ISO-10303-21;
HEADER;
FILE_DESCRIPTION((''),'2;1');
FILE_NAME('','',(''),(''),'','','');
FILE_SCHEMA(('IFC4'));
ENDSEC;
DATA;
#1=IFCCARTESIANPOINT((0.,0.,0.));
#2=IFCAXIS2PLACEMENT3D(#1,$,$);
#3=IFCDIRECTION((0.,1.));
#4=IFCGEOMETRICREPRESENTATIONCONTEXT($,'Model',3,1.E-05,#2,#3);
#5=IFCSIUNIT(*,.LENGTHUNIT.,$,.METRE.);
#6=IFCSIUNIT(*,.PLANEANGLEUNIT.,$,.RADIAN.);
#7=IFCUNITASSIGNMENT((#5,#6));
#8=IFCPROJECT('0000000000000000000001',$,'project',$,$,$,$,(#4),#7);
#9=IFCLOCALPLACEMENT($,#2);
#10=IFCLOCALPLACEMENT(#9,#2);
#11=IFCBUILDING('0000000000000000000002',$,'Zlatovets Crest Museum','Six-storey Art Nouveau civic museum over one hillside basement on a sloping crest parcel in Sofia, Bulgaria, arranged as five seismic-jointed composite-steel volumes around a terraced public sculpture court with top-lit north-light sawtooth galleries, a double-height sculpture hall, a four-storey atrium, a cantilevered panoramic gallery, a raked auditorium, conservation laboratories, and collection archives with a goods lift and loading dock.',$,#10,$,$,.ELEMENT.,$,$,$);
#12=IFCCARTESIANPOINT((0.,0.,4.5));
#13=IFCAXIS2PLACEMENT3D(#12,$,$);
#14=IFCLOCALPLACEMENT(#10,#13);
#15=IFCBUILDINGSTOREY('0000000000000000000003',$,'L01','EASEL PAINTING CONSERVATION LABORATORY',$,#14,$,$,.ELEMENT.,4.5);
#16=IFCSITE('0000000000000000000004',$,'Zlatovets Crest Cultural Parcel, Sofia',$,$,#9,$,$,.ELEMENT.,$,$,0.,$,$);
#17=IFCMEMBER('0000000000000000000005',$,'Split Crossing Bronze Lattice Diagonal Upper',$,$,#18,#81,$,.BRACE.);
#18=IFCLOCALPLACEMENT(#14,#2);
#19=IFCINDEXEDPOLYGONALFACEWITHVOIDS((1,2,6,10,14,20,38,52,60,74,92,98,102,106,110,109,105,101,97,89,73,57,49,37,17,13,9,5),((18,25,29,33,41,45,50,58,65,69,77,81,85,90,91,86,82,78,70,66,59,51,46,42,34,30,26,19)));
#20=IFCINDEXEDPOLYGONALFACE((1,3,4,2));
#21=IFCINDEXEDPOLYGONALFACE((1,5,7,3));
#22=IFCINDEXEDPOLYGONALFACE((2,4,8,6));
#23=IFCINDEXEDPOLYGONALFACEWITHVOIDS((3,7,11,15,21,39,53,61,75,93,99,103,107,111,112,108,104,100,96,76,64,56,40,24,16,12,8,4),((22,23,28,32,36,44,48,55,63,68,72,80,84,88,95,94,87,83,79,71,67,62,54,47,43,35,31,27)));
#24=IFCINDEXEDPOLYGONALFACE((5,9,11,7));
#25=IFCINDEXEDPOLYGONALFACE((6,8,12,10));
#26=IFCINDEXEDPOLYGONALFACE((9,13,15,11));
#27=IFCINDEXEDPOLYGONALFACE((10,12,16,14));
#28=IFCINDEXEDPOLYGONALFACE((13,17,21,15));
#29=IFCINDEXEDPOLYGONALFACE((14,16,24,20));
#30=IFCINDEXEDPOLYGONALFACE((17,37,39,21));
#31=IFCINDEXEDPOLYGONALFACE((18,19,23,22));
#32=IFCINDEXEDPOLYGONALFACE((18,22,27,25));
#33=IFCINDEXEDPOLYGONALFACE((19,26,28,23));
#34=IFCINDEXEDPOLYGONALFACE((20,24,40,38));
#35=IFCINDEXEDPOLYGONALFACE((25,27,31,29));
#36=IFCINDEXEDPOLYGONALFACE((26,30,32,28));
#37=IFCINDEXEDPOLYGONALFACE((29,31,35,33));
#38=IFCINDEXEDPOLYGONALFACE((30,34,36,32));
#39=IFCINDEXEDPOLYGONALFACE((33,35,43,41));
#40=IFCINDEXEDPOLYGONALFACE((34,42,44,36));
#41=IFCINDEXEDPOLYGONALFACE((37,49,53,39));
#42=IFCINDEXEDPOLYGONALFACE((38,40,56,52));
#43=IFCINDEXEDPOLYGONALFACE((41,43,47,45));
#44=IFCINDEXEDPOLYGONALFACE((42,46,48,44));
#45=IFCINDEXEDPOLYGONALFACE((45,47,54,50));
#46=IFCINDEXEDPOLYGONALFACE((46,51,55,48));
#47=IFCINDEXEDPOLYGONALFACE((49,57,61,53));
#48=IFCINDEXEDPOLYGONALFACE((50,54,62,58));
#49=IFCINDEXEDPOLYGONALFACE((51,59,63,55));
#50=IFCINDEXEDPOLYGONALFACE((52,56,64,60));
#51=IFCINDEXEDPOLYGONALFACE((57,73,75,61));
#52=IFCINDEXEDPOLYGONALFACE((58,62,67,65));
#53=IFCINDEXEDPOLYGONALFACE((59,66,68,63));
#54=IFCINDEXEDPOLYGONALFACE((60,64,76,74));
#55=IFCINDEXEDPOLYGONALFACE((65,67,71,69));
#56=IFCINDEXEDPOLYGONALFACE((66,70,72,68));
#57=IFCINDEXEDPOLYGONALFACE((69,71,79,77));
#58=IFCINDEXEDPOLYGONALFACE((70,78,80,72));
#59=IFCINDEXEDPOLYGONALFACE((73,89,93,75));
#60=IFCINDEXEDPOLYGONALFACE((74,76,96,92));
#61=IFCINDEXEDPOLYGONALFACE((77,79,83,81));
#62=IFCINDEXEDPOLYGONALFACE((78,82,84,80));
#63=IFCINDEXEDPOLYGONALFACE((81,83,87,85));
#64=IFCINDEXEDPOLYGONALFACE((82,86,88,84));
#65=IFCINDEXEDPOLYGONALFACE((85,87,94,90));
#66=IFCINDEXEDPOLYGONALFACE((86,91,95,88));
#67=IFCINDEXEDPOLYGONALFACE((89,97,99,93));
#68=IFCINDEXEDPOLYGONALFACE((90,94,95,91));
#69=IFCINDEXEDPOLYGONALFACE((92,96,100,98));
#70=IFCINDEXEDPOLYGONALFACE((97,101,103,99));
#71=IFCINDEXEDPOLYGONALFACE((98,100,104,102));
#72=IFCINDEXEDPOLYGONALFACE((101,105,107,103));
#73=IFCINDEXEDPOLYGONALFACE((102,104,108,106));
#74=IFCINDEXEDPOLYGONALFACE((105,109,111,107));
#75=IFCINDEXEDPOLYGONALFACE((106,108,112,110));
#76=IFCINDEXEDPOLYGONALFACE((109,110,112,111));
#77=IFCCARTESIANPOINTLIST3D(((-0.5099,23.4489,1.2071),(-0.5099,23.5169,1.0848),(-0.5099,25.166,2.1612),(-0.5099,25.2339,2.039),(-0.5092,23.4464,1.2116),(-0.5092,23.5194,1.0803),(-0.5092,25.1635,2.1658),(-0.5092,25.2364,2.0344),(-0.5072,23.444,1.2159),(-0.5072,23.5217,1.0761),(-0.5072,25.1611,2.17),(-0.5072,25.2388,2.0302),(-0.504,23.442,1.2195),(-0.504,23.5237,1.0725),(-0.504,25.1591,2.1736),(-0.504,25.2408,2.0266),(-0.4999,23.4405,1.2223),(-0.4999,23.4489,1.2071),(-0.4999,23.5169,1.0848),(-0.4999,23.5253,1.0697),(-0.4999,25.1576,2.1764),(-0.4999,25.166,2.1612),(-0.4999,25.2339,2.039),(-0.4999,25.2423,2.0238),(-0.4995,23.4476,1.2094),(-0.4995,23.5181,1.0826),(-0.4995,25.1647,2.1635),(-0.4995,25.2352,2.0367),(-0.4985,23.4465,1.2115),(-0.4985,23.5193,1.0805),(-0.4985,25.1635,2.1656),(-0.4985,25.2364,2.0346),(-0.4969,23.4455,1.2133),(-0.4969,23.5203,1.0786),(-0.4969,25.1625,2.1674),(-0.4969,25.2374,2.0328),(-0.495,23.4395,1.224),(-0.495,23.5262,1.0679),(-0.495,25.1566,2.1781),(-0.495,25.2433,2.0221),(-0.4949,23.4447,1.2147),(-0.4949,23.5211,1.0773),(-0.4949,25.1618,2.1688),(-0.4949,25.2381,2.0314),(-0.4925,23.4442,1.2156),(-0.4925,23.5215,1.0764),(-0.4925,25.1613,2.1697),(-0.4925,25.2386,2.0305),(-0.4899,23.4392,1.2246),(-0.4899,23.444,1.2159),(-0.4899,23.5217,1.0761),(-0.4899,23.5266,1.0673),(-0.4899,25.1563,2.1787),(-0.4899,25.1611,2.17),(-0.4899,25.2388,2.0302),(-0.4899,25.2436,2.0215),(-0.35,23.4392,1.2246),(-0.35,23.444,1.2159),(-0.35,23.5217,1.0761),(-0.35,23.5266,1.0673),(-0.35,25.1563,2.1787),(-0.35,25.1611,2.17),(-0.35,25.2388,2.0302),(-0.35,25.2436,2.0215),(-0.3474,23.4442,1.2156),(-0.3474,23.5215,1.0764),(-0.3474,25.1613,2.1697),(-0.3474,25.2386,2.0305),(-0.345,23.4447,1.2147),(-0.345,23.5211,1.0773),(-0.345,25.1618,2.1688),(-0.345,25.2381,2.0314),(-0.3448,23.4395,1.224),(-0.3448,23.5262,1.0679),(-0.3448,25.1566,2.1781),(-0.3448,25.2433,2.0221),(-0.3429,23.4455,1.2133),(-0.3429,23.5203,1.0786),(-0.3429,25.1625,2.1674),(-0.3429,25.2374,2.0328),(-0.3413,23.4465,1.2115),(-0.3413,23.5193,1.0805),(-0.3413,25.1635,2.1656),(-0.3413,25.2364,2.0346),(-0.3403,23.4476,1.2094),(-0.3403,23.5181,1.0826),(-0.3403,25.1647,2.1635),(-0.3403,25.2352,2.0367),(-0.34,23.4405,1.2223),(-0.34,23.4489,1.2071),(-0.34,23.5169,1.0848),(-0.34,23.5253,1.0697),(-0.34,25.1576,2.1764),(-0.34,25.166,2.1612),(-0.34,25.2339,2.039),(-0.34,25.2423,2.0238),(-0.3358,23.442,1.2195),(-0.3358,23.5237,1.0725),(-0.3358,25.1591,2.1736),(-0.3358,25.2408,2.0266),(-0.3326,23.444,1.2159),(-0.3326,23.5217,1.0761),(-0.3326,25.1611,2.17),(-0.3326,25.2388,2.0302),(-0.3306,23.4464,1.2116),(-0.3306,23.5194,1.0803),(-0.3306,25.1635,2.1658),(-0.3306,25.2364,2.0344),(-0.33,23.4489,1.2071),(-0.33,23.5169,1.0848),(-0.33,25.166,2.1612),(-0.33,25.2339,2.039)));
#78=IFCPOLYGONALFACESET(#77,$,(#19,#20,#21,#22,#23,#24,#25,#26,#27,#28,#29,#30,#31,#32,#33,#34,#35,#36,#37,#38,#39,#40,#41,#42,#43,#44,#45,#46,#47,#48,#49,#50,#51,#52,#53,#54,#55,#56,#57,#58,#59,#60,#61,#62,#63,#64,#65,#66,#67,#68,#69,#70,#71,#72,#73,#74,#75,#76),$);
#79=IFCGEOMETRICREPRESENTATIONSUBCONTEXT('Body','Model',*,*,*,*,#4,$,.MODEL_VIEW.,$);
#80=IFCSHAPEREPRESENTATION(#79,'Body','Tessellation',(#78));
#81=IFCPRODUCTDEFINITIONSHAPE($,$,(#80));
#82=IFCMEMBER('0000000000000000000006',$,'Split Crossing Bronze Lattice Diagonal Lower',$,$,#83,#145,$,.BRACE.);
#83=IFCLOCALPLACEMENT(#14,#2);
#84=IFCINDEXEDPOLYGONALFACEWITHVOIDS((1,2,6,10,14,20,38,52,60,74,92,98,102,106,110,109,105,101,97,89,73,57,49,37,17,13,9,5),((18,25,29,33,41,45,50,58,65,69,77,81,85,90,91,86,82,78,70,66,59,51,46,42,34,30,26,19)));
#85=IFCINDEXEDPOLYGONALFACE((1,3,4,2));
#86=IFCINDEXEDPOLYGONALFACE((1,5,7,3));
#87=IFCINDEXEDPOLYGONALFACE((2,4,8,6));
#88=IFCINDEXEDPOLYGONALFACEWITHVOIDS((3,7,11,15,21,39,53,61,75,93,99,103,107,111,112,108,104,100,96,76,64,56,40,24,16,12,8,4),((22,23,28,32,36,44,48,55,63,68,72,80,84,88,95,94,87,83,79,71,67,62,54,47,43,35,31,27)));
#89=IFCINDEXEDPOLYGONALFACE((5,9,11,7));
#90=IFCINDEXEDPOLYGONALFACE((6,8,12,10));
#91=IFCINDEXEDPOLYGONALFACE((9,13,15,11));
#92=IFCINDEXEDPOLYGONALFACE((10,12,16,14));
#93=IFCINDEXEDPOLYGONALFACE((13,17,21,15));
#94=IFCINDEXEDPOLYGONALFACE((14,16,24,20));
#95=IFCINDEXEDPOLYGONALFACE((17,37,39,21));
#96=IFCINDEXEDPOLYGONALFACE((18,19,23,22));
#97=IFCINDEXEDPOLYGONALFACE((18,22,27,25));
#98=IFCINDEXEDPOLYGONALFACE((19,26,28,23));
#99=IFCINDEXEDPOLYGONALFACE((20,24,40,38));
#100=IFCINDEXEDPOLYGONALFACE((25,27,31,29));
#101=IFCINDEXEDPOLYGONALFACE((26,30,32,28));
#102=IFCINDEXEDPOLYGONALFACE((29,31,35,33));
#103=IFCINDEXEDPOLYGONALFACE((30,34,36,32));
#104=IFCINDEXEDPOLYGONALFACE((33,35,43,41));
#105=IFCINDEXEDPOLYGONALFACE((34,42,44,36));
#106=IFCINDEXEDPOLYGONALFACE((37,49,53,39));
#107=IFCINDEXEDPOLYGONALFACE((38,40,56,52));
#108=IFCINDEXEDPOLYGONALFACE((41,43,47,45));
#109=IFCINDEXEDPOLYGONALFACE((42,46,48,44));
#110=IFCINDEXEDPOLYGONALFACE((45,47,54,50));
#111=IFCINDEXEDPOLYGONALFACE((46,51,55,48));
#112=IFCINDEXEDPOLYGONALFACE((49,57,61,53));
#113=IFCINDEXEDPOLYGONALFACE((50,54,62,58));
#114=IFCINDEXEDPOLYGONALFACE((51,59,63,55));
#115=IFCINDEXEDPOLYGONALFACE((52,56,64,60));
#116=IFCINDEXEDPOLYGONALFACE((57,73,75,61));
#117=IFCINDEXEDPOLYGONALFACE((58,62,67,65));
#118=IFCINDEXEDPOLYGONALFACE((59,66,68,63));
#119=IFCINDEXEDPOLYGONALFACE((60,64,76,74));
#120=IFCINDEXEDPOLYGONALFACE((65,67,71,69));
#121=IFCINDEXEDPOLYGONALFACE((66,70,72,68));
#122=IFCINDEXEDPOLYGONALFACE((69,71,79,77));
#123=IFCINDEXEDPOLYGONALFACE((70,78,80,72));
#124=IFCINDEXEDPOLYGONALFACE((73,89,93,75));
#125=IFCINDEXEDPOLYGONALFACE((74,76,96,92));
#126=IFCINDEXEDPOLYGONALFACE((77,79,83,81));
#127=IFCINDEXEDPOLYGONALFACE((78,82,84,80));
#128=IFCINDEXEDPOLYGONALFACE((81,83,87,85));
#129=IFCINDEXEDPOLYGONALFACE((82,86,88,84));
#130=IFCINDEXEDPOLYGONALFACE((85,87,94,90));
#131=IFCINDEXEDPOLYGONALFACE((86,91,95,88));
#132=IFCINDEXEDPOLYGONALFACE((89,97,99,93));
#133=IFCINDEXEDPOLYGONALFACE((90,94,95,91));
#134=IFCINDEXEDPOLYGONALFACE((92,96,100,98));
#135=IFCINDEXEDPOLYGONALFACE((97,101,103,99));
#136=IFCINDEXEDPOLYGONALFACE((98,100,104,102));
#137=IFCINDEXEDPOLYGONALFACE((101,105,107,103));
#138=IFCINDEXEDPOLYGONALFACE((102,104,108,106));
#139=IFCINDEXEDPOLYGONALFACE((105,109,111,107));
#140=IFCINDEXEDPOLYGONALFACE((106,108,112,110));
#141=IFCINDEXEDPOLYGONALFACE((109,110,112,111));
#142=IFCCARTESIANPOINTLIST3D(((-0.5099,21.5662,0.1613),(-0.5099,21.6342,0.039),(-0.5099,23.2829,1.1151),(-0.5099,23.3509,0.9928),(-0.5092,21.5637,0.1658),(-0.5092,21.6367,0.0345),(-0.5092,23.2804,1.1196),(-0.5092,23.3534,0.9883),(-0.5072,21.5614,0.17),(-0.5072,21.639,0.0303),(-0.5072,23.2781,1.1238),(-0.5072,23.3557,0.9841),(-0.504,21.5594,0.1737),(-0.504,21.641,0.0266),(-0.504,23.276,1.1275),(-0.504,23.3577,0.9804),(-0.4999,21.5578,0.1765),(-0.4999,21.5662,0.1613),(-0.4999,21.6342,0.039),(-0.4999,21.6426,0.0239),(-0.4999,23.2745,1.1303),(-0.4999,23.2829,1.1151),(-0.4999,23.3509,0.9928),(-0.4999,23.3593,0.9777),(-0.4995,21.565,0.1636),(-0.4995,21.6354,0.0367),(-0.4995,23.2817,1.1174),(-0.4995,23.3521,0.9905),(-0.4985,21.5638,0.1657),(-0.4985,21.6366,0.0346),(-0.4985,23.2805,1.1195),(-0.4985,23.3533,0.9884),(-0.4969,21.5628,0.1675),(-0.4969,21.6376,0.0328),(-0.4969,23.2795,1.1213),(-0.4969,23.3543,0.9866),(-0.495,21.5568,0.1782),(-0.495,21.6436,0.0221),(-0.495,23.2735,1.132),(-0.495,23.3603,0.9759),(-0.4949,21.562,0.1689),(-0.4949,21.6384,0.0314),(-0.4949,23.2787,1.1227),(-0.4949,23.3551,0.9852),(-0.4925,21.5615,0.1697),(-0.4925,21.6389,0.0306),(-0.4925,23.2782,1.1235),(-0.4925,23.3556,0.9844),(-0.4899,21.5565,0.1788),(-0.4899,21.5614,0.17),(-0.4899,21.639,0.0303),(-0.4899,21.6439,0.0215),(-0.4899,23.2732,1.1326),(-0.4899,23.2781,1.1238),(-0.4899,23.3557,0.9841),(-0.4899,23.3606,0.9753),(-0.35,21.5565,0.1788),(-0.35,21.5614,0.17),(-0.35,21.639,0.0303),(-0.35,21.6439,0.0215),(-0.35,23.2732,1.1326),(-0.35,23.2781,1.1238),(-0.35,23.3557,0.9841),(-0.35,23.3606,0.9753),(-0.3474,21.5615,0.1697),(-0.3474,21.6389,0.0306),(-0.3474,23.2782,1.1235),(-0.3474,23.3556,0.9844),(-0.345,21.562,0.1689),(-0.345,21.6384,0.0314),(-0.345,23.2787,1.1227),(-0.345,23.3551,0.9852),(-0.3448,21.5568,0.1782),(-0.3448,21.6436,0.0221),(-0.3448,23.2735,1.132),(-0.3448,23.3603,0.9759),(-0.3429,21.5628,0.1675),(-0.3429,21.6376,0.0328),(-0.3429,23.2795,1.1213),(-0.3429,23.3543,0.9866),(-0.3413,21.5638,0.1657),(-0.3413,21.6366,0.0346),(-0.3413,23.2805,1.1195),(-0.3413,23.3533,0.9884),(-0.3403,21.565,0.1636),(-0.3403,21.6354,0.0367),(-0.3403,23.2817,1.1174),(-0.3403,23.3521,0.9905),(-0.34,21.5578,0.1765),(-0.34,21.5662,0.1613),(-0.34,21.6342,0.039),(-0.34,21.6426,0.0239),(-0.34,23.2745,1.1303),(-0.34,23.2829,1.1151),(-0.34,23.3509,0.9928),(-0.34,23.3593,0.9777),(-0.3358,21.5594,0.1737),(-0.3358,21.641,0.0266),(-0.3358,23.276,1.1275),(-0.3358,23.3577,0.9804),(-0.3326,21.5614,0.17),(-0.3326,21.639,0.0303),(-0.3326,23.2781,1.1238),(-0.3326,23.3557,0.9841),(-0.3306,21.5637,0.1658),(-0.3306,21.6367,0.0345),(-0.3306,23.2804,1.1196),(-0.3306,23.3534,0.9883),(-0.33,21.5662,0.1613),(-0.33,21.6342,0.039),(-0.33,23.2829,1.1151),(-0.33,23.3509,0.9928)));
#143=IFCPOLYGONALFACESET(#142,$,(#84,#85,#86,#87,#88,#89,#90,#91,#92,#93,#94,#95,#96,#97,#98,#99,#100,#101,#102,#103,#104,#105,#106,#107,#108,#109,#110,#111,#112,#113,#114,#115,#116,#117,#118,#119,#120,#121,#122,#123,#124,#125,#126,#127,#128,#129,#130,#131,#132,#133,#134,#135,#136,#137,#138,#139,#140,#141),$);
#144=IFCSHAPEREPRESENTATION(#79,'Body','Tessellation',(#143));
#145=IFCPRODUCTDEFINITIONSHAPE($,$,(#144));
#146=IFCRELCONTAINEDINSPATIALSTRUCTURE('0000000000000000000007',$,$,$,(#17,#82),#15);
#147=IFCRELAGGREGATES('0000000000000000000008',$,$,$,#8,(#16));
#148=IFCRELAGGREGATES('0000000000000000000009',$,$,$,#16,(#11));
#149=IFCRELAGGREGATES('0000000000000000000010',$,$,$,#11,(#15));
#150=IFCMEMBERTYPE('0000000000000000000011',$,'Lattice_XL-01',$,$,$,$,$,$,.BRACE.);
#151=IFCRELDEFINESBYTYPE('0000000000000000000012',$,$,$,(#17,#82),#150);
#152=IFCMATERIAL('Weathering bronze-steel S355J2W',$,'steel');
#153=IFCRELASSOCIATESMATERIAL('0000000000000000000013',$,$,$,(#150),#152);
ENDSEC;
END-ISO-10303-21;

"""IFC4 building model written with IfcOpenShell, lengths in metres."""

from ifc_helpers import new_model, si_unit, direction, frame, origin, origin_2d, place, context, subcontext, project, spatial, hollow_rectangle, extrude, material, material_profile, profile_set, type_object, element, save


model = new_model("IFC4")

# Units and contexts
model_context = context("Model", 3, precision=1e-05, world=origin(), true_north=direction((0.0, 1.0)))
body_context = subcontext(model_context, "Body", "Model", "MODEL_VIEW")
ifc_project = project(units=[si_unit("LENGTHUNIT", "METRE"), si_unit("PLANEANGLEUNIT", "RADIAN")], contexts=[model_context])

# Site, building, storey
site_placement = place(None, origin())
site = spatial("IfcSite", under=ifc_project, at=site_placement, Name="Zlatovets Crest Cultural Parcel, Sofia", CompositionType="ELEMENT", RefElevation=0.0)
building_placement = place(site_placement, origin())
building = spatial("IfcBuilding", under=site, at=building_placement, Name="Zlatovets Crest Museum", Description="Six-storey Art Nouveau civic museum over one hillside basement on a sloping crest parcel in Sofia, Bulgaria, arranged as five seismic-jointed composite-steel volumes around a terraced public sculpture court with top-lit north-light sawtooth galleries, a double-height sculpture hall, a four-storey atrium, a cantilevered panoramic gallery, a raked auditorium, conservation laboratories, and collection archives with a goods lift and loading dock.", CompositionType="ELEMENT")
storey_placement = place(building_placement, frame((0.0, 0.0, 4.5)))
storey = spatial("IfcBuildingStorey", under=building, at=storey_placement, Name="L01", Description="EASEL PAINTING CONSERVATION LABORATORY", CompositionType="ELEMENT", Elevation=4.5)

# Members
ifc_material_1 = material(Name="Weathering bronze-steel S355J2W", Category="steel")
ifc_material_profile_1 = material_profile(ifc_material_1, hollow_rectangle(XDim=0.1799, YDim=0.1799, WallThickness=0.01, InnerFilletRadius=0.01, OuterFilletRadius=0.02, at=origin_2d()), Name="SHS 180x180x10.0")
ifc_profile_set_1 = profile_set([ifc_material_profile_1], Name="Weathering bronze-steel S355J2W")
member_type_1 = type_object("IfcMemberType", Name="Lattice_XL-01", PredefinedType="BRACE", material=ifc_profile_set_1)
member_1_placement = place(storey_placement, frame((-0.4199, 25.2, 2.1001), z_axis=(0.0, -0.874116, -0.485717), x_axis=(1.0, 0.0, 0.0)))
element("IfcMember", 1, at=member_1_placement, inside=storey, type_object=member_type_1, Name="Split Crossing Bronze Lattice Diagonal Upper", PredefinedType="BRACE", context=body_context, shape_type="SweptSolid", body=[
    extrude(hollow_rectangle(XDim=0.1799, YDim=0.1799, WallThickness=0.01, InnerFilletRadius=0.01, OuterFilletRadius=0.02, at=origin_2d()), origin(), (0.0, 0.0, 1.0), 1.9644),
])
member_2_placement = place(storey_placement, frame((-0.4199, 23.3169, 1.054), z_axis=(0.0, -0.87414, -0.485675), x_axis=(1.0, 0.0, 0.0)))
element("IfcMember", 2, at=member_2_placement, inside=storey, type_object=member_type_1, Name="Split Crossing Bronze Lattice Diagonal Lower", PredefinedType="BRACE", context=body_context, shape_type="SweptSolid", body=[
    extrude(hollow_rectangle(XDim=0.1799, YDim=0.1799, WallThickness=0.01, InnerFilletRadius=0.01, OuterFilletRadius=0.02, at=origin_2d()), origin(), (0.0, 0.0, 1.0), 1.9639),
])

save(model, "model.ifc")
